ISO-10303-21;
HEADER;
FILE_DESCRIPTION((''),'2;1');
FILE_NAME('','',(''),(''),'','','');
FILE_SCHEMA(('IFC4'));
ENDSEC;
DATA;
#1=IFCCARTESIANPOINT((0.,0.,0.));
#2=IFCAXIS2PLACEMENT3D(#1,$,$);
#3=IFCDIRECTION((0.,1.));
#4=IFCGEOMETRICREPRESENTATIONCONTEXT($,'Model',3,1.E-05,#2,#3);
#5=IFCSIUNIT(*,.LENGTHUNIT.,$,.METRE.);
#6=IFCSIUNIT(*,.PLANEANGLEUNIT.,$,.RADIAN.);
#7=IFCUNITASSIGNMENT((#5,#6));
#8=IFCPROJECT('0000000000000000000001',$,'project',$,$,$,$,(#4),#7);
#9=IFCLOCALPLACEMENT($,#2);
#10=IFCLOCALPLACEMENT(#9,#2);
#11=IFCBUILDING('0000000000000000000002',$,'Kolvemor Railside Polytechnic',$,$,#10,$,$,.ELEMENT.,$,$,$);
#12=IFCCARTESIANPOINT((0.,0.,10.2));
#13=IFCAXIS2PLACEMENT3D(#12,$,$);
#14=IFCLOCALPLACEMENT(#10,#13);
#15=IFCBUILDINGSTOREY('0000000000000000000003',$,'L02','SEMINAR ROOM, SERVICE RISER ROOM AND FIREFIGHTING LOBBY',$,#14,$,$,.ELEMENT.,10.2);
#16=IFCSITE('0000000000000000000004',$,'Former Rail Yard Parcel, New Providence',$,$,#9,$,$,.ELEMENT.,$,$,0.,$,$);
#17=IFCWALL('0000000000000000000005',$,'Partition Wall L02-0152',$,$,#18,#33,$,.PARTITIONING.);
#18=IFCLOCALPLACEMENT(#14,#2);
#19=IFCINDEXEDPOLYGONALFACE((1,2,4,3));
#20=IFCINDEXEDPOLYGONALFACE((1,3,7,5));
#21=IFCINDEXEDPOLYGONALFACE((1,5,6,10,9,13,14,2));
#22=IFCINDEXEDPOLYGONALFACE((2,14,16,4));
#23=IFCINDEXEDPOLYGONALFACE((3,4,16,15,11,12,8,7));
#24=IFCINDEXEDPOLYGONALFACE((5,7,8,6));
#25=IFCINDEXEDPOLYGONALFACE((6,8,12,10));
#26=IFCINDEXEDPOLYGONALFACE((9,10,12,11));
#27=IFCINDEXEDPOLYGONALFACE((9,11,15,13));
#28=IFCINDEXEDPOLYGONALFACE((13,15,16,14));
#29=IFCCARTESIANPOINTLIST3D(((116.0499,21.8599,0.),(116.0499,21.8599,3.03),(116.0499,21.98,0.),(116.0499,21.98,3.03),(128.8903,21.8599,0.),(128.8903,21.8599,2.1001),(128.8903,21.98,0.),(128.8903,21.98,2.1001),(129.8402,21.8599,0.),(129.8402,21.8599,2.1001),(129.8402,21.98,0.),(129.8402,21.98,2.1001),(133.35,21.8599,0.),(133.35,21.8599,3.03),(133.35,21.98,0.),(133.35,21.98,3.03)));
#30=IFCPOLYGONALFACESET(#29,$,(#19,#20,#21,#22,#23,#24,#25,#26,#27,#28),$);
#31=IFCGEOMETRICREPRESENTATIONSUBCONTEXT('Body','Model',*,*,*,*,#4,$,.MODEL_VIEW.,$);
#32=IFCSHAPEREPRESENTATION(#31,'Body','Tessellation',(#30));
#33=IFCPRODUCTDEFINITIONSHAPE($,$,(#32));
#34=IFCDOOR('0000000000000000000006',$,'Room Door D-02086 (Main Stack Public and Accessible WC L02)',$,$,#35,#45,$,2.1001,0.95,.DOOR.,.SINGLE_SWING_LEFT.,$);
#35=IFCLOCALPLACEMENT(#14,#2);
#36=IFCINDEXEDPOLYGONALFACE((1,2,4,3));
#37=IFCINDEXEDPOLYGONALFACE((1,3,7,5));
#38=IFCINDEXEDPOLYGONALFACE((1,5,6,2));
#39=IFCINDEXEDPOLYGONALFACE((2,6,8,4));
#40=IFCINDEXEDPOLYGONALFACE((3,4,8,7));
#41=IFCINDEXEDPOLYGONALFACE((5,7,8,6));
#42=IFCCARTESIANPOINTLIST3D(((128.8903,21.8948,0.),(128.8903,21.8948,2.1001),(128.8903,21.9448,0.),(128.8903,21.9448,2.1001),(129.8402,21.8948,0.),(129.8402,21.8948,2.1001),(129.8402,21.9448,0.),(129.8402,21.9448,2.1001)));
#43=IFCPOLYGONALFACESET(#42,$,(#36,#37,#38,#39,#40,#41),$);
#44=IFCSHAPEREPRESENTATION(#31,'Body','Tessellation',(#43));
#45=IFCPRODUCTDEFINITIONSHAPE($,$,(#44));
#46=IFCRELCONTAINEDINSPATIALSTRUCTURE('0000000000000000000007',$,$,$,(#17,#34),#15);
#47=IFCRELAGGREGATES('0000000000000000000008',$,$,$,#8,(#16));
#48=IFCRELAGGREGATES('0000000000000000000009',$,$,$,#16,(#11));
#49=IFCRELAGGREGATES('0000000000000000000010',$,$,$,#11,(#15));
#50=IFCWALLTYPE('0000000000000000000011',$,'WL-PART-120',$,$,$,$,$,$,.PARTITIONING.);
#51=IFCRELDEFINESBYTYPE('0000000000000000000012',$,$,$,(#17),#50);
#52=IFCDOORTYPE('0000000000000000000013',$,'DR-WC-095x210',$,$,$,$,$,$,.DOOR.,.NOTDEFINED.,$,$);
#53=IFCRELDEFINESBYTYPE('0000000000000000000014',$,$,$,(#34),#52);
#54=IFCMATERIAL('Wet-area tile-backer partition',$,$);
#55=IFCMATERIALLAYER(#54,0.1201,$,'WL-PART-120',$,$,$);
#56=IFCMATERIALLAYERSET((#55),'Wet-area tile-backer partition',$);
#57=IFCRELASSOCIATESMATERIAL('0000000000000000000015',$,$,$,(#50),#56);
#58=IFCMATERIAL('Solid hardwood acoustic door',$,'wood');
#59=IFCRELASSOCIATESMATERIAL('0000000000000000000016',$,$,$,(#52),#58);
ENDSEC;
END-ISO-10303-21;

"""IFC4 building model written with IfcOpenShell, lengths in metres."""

from ifc_helpers import new_model, si_unit, direction, frame, frame_2d, origin, place, context, subcontext, project, spatial, rectangle, extrude, material, layer, layer_set, type_object, element, fill, save


model = new_model("IFC4")

# Units and contexts
model_context = context("Model", 3, precision=1e-05, world=origin(), true_north=direction((0.0, 1.0)))
body_context = subcontext(model_context, "Body", "Model", "MODEL_VIEW")
ifc_project = project(units=[si_unit("LENGTHUNIT", "METRE"), si_unit("PLANEANGLEUNIT", "RADIAN")], contexts=[model_context])

# Site, building, storey
site_placement = place(None, origin())
site = spatial("IfcSite", under=ifc_project, at=site_placement, Name="Former Rail Yard Parcel, New Providence", CompositionType="ELEMENT", RefElevation=0.0)
building_placement = place(site_placement, origin())
building = spatial("IfcBuilding", under=site, at=building_placement, Name="Kolvemor Railside Polytechnic", CompositionType="ELEMENT")
storey_placement = place(building_placement, frame((0.0, 0.0, 10.2)))
storey = spatial("IfcBuildingStorey", under=building, at=storey_placement, Name="L02", Description="SEMINAR ROOM, SERVICE RISER ROOM AND FIREFIGHTING LOBBY", CompositionType="ELEMENT", Elevation=10.2)

# Wall, opening, door
ifc_material_1 = material(Name="Wet-area tile-backer partition")
ifc_layer = layer(ifc_material_1, 0.1201, Name="WL-PART-120")
ifc_layer_set = layer_set([ifc_layer], Name="Wet-area tile-backer partition")
wall_type = type_object("IfcWallType", Name="WL-PART-120", PredefinedType="PARTITIONING", material=ifc_layer_set)
wall_placement = place(storey_placement, frame((116.05, 21.9199, 0.0), z_axis=(0.0, 0.0, 1.0), x_axis=(1.0, 0.0, 0.0)))
wall = element("IfcWall", 1, at=wall_placement, inside=storey, type_object=wall_type, Name="Partition Wall L02-0152", PredefinedType="PARTITIONING", context=body_context, shape_type="SweptSolid", body=[
    extrude(rectangle(XDim=17.3, YDim=0.1201, at=frame_2d((8.6499, 0.0))), origin(), (0.0, 0.0, 1.0), 3.03),
])
opening_placement = place(wall_placement, frame((12.8401, 0.0, 0.0)))
opening = element("IfcOpeningElement", 2, at=opening_placement, cuts=wall, PredefinedType="OPENING", context=body_context, shape_type="SweptSolid", body=[
    extrude(rectangle(XDim=0.95, YDim=2.1001, at=frame_2d((0.4751, 1.05))), frame((0.0, 0.0701, 0.0), z_axis=(0.0, -1.0, 0.0), x_axis=(1.0, 0.0, 0.0)), (0.0, 0.0, 1.0), 0.1401),
])
ifc_material_2 = material(Name="Solid hardwood acoustic door", Category="wood")
door_type = type_object("IfcDoorType", Name="DR-WC-095x210", OperationType="NOTDEFINED", PredefinedType="DOOR", material=ifc_material_2)
door_placement = place(opening_placement, origin())
door = element("IfcDoor", 3, at=door_placement, inside=storey, type_object=door_type, Name="Room Door D-02086 (Main Stack Public and Accessible WC L02)", OperationType="SINGLE_SWING_LEFT", OverallHeight=2.1001, OverallWidth=0.95, PredefinedType="DOOR", context=body_context, shape_type="SweptSolid", body=[
    extrude(rectangle(XDim=0.95, YDim=2.1001, at=frame_2d((0.4751, 1.05))), frame((0.0, 0.0249, 0.0), z_axis=(0.0, -1.0, 0.0), x_axis=(1.0, 0.0, 0.0)), (0.0, 0.0, 1.0), 0.05),
])
fill(opening, door)

save(model, "model.ifc")
